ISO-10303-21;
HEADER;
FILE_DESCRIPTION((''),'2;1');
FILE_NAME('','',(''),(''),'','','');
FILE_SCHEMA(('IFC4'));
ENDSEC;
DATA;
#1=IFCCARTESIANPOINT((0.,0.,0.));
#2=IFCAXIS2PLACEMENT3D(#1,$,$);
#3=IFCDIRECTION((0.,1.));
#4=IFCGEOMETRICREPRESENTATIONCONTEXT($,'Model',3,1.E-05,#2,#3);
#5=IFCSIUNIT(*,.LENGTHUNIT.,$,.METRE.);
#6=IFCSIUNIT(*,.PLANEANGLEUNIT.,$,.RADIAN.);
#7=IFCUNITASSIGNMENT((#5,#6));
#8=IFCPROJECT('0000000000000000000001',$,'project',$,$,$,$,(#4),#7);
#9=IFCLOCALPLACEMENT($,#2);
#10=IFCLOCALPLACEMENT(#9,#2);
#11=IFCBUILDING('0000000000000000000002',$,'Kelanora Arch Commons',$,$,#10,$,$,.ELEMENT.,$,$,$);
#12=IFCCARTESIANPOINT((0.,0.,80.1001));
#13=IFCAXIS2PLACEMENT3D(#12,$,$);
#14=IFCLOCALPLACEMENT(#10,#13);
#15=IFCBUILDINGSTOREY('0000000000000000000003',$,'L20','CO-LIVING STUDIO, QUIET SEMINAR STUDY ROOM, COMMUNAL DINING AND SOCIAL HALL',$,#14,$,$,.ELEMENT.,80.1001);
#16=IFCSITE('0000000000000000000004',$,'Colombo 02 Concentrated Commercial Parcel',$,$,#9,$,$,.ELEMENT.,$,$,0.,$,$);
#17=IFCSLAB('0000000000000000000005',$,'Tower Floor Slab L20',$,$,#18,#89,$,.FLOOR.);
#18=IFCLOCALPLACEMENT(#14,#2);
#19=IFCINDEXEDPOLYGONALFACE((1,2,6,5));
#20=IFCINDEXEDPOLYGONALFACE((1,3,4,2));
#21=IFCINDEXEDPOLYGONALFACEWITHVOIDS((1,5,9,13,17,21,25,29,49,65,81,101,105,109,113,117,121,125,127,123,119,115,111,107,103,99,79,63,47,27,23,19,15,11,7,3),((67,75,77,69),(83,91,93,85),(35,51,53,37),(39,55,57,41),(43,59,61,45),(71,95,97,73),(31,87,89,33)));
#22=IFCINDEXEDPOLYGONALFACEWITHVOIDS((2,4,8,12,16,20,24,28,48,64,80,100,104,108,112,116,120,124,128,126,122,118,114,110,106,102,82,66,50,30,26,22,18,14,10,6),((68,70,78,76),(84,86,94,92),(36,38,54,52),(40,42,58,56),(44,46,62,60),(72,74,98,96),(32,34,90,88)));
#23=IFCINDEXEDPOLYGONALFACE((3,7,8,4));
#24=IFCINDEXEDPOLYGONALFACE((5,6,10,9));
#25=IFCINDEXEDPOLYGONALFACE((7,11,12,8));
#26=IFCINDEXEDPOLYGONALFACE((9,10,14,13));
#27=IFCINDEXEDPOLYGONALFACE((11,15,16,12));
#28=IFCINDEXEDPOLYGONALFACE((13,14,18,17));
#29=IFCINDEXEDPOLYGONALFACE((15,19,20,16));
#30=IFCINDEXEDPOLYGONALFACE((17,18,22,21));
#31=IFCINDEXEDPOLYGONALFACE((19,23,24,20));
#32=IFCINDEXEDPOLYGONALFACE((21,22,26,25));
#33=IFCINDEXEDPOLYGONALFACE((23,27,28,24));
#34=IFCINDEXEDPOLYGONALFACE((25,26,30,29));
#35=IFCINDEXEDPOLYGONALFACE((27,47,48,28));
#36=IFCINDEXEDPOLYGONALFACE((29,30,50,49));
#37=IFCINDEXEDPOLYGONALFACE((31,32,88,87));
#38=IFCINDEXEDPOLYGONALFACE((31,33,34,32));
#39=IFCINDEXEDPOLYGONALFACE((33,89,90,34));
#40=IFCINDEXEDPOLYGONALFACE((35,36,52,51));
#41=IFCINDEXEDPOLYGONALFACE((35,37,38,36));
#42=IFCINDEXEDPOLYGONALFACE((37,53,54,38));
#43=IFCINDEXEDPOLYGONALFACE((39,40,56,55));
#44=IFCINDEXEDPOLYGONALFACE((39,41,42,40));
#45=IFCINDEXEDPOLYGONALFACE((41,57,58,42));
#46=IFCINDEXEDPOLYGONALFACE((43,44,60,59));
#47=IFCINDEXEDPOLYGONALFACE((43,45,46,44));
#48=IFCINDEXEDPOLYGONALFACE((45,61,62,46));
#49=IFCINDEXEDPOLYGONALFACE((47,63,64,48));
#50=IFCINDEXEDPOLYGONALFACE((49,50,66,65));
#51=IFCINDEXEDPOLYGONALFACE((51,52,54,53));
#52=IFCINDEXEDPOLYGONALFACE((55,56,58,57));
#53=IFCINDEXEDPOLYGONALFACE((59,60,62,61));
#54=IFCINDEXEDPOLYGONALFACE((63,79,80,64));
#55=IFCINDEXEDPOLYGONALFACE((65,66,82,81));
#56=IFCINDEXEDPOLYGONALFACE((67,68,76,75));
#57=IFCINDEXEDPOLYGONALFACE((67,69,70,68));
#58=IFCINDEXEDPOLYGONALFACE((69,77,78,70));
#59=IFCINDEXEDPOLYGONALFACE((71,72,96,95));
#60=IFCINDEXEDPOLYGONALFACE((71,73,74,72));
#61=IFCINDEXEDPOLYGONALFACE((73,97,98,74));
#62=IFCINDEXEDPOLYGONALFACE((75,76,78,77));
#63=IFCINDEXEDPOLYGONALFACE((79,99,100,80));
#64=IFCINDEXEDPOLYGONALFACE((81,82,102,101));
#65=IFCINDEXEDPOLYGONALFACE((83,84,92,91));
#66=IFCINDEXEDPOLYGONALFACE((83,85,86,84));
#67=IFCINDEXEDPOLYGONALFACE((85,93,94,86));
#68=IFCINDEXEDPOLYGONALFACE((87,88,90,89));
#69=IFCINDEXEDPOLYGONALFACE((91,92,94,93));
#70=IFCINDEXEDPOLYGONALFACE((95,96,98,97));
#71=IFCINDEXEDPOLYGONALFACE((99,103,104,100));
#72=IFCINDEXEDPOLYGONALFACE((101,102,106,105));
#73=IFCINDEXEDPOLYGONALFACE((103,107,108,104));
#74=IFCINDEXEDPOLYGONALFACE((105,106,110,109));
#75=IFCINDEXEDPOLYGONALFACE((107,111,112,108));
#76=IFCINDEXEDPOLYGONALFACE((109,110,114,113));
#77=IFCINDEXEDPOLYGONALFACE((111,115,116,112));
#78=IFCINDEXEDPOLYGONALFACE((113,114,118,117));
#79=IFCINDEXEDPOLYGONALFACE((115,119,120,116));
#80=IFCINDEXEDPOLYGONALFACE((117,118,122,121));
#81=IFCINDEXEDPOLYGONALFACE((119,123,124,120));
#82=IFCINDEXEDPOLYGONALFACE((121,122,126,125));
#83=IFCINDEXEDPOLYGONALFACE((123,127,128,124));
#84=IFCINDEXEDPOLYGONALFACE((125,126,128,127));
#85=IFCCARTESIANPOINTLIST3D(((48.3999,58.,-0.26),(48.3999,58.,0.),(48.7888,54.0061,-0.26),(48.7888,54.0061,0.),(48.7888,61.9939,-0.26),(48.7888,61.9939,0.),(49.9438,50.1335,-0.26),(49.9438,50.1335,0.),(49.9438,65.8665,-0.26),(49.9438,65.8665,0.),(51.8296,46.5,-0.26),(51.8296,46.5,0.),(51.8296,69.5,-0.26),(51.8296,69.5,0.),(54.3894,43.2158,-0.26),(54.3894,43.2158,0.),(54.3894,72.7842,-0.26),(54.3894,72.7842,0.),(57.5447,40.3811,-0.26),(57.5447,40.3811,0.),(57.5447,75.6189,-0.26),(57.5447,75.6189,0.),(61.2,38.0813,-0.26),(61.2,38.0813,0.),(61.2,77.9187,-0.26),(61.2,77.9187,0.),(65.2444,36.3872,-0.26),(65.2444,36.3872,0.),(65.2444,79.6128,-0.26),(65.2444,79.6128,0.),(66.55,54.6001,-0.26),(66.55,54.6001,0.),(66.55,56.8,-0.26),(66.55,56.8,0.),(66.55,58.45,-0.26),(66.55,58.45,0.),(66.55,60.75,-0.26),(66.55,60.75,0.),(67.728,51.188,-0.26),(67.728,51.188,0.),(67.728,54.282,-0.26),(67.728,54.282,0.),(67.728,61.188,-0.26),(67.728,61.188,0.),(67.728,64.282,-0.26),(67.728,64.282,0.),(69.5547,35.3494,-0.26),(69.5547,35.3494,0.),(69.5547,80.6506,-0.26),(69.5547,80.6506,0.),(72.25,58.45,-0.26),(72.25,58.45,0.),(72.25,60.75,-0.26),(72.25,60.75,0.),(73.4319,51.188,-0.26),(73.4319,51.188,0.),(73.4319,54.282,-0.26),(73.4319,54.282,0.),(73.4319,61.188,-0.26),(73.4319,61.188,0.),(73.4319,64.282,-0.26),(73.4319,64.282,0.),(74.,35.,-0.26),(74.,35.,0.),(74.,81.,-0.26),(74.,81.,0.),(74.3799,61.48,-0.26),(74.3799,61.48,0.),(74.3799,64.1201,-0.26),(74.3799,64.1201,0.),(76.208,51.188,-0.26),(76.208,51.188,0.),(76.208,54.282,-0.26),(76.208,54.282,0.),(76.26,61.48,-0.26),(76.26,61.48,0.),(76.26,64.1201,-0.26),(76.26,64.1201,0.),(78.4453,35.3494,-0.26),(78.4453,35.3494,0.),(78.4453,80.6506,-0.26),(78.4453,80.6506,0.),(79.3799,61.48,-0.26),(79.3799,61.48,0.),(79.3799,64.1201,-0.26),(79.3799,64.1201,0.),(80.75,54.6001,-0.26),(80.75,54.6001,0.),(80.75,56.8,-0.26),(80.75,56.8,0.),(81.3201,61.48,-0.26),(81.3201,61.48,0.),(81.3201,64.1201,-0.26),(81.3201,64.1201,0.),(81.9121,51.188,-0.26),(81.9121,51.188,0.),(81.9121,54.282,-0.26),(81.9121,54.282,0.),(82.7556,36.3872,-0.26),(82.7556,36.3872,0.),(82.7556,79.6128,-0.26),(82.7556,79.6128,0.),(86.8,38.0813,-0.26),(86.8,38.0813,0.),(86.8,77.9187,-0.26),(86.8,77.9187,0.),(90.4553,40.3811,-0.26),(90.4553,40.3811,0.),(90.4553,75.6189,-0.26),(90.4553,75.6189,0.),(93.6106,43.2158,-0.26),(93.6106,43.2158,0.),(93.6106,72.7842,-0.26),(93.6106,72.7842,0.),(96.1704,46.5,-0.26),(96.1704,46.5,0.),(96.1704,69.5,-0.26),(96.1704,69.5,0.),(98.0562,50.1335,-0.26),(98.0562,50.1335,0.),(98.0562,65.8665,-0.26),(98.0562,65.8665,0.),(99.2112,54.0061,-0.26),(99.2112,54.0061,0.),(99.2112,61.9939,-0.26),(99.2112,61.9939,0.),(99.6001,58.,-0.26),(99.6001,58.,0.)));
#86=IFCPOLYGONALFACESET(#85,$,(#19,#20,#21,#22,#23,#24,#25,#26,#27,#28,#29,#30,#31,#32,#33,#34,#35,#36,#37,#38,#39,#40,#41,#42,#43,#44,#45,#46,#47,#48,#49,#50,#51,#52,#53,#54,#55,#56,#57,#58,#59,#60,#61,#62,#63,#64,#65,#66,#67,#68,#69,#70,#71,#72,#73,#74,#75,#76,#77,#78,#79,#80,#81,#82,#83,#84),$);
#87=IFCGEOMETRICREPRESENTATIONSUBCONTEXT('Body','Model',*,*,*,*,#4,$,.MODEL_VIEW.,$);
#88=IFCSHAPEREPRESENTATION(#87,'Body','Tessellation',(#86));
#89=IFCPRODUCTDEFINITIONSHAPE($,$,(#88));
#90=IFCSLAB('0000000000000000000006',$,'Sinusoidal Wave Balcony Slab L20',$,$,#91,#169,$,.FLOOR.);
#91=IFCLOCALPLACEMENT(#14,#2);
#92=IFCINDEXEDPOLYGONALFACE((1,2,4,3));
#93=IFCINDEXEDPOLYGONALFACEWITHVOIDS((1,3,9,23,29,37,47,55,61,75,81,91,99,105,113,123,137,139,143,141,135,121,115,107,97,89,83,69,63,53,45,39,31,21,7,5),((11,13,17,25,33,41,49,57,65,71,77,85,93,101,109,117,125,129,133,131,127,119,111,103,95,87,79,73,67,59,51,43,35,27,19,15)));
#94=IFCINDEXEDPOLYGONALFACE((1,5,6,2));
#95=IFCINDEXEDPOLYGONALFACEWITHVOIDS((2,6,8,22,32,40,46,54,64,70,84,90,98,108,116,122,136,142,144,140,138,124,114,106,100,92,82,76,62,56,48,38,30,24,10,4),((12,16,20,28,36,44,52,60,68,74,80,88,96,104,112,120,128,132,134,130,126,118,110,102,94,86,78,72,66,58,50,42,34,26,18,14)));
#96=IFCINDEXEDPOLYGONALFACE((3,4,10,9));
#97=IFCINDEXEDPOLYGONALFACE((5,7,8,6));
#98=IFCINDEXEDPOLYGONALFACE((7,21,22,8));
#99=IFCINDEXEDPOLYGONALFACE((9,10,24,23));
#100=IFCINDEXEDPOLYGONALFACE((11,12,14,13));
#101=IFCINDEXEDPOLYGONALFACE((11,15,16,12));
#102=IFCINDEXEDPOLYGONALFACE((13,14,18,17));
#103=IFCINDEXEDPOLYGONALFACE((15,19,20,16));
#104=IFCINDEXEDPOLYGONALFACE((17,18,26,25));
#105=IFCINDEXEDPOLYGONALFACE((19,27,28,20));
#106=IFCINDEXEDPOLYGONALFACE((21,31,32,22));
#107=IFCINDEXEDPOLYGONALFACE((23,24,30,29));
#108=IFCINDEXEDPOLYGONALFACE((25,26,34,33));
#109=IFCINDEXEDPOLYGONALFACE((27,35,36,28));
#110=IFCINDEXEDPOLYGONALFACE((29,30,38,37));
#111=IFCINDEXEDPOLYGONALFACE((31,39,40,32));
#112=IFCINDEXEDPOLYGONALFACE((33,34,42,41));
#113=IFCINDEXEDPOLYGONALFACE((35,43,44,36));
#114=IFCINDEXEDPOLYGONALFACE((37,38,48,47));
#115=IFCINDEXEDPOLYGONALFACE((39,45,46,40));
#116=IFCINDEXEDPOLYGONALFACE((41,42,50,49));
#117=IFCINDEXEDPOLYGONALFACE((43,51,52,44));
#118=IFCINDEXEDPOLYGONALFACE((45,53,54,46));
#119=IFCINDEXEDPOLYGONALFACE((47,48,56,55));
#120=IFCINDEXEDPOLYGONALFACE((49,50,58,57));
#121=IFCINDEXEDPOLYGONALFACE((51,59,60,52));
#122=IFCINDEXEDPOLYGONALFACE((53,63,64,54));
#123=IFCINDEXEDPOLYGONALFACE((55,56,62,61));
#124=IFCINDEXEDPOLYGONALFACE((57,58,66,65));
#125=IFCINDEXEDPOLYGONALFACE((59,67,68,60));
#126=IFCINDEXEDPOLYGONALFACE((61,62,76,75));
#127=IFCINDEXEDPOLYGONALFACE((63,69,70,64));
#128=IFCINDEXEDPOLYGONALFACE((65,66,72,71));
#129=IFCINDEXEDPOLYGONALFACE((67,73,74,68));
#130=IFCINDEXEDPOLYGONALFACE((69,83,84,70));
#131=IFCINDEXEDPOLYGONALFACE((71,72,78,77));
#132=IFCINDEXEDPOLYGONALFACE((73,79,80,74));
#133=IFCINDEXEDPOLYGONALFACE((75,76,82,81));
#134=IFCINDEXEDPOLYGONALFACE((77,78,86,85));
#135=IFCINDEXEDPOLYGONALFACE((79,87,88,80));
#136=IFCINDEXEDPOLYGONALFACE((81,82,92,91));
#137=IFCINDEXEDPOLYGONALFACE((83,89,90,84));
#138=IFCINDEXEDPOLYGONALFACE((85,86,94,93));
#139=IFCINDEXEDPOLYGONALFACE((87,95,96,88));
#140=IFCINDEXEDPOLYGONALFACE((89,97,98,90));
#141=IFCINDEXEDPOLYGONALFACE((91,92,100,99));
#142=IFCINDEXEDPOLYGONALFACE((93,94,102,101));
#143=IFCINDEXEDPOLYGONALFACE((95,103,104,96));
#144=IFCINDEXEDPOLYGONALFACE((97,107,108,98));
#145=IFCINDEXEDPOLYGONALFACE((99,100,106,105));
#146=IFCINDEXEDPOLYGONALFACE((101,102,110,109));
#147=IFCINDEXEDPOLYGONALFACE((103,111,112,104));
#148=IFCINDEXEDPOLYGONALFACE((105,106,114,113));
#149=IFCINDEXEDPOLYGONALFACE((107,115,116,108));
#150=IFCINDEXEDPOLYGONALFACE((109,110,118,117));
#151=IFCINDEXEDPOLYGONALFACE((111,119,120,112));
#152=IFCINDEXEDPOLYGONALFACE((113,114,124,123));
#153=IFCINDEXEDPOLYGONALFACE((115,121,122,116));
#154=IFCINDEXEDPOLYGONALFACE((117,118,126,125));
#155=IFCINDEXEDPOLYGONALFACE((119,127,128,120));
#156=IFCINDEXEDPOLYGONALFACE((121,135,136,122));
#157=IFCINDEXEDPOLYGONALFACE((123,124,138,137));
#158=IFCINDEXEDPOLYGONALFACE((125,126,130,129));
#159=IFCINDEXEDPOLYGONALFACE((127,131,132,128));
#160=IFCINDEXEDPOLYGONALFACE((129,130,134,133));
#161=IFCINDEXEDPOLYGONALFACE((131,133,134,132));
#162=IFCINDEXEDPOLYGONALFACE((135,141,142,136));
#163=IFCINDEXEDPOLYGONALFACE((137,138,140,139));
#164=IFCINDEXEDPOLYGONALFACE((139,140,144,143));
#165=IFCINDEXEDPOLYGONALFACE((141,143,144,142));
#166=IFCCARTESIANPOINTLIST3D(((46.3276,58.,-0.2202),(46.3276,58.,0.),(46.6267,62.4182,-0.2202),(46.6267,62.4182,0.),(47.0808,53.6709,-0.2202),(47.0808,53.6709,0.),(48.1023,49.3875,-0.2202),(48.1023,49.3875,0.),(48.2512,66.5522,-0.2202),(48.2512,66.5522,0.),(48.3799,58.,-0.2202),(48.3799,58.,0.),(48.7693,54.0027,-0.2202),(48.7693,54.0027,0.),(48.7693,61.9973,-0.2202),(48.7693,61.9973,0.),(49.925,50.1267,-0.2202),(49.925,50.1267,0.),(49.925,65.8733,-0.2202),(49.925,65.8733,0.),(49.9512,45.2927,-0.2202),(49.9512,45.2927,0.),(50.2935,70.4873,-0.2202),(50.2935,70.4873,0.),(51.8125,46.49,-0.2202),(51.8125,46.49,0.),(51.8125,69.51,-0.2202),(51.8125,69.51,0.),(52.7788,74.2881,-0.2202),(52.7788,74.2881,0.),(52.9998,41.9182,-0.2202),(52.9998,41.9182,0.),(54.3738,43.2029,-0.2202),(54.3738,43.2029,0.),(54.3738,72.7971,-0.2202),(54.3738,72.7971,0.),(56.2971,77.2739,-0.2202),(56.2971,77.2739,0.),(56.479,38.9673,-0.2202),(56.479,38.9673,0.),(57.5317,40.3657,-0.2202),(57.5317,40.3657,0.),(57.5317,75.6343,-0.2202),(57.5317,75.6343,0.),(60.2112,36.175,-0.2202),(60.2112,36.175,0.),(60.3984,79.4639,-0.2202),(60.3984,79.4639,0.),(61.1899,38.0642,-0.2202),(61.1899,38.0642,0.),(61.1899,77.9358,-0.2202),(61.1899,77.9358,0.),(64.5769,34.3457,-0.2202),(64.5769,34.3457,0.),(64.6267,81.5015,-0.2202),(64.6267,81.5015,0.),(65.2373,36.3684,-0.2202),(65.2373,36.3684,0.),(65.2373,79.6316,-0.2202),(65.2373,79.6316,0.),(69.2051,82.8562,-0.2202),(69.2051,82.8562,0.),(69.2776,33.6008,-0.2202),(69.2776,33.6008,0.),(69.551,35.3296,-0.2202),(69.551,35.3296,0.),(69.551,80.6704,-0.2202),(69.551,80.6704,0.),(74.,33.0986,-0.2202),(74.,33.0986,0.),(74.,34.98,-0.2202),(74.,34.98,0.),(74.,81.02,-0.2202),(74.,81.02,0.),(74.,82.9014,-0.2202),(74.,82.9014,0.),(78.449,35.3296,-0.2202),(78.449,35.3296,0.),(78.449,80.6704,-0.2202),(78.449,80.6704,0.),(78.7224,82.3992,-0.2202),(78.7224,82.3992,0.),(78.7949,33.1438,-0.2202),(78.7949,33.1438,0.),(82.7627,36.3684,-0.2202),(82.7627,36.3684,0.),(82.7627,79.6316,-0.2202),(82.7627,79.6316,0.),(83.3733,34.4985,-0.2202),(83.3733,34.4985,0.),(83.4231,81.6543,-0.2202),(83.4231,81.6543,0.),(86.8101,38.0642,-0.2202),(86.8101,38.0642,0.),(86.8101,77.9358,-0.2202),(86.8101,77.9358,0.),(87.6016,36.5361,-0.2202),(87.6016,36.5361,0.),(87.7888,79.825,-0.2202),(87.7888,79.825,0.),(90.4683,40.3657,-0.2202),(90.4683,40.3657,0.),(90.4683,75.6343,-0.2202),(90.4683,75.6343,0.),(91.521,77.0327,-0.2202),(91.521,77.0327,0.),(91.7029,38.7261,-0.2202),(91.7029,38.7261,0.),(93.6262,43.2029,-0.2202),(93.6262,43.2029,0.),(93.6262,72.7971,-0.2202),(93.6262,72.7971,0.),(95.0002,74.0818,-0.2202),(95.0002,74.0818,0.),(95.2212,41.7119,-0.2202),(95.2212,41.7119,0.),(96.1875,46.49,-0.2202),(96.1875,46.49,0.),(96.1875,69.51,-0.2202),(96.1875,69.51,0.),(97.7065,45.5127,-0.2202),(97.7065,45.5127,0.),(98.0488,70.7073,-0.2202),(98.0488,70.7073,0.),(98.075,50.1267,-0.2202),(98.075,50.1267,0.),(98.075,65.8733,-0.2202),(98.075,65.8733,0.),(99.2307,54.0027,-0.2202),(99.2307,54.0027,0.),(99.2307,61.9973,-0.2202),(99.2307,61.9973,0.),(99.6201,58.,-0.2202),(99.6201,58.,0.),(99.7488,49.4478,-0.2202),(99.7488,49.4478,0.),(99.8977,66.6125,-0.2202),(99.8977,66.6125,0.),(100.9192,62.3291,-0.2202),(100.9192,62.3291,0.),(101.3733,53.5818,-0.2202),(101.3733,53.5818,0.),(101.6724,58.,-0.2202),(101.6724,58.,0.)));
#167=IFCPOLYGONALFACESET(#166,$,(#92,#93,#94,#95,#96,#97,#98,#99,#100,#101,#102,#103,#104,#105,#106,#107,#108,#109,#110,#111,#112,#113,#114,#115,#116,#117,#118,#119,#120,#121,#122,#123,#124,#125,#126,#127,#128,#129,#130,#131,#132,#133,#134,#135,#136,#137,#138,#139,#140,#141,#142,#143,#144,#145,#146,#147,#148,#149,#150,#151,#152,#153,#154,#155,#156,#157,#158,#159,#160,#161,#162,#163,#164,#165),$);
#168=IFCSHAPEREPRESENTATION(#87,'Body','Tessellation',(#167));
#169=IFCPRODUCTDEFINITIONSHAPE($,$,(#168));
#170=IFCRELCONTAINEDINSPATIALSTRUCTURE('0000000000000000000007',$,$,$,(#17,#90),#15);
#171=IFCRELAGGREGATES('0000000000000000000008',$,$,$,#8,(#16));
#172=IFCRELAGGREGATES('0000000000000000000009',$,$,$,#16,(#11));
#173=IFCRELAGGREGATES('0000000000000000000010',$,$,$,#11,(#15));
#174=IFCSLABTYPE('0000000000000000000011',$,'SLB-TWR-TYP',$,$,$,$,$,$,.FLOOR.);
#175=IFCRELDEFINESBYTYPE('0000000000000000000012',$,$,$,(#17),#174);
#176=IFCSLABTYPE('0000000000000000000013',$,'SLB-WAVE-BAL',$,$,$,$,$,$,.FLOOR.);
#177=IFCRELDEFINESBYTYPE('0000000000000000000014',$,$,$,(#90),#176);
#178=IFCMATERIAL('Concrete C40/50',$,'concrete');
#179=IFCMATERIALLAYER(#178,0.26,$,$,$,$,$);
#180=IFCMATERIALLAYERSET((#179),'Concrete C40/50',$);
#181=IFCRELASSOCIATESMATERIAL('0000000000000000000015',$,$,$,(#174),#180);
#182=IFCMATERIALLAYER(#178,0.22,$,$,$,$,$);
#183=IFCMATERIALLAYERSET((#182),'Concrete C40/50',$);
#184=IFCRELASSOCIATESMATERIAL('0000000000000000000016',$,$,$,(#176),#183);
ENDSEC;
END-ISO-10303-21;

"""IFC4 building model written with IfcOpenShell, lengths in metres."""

from ifc_helpers import new_model, si_unit, direction, frame, origin, place, context, subcontext, project, spatial, polyline, outline, extrude, material, layer, layer_set, type_object, element, save


model = new_model("IFC4")

# Units and contexts
model_context = context("Model", 3, precision=1e-05, world=origin(), true_north=direction((0.0, 1.0)))
body_context = subcontext(model_context, "Body", "Model", "MODEL_VIEW")
ifc_project = project(units=[si_unit("LENGTHUNIT", "METRE"), si_unit("PLANEANGLEUNIT", "RADIAN")], contexts=[model_context])

# Site, building, storey
site_placement = place(None, origin())
site = spatial("IfcSite", under=ifc_project, at=site_placement, Name="Colombo 02 Concentrated Commercial Parcel", CompositionType="ELEMENT", RefElevation=0.0)
building_placement = place(site_placement, origin())
building = spatial("IfcBuilding", under=site, at=building_placement, Name="Kelanora Arch Commons", CompositionType="ELEMENT")
storey_placement = place(building_placement, frame((0.0, 0.0, 80.1001)))
storey = spatial("IfcBuildingStorey", under=building, at=storey_placement, Name="L20", Description="CO-LIVING STUDIO, QUIET SEMINAR STUDY ROOM, COMMUNAL DINING AND SOCIAL HALL", CompositionType="ELEMENT", Elevation=80.1001)

# Shared definitions
ifc_material_1 = material(Name="Concrete C40/50", Category="concrete")

# Slabs
ifc_layer_1 = layer(ifc_material_1, 0.26)
ifc_layer_set_1 = layer_set([ifc_layer_1], Name="Concrete C40/50")
slab_type_1 = type_object("IfcSlabType", Name="SLB-TWR-TYP", PredefinedType="FLOOR", material=ifc_layer_set_1)
slab_1_placement = place(storey_placement, frame((0.0, 0.0, -0.26)))
element("IfcSlab", 1, at=slab_1_placement, inside=storey, type_object=slab_type_1, Name="Tower Floor Slab L20", PredefinedType="FLOOR", context=body_context, shape_type="SweptSolid", body=[
    extrude(outline(polyline([(99.6001, 58.0), (99.2112, 61.9939), (98.0562, 65.8665), (96.1704, 69.5), (93.6106, 72.7842), (90.4553, 75.6189), (86.8, 77.9187), (82.7556, 79.6128), (78.4453, 80.6506), (74.0, 81.0), (69.5547, 80.6506), (65.2444, 79.6128), (61.2, 77.9187), (57.5447, 75.6189), (54.3894, 72.7842), (51.8296, 69.5), (49.9438, 65.8665), (48.7888, 61.9939), (48.3999, 58.0), (48.7888, 54.0061), (49.9438, 50.1335), (51.8296, 46.5), (54.3894, 43.2158), (57.5447, 40.3811), (61.2, 38.0813), (65.2444, 36.3872), (69.5547, 35.3494), (74.0, 35.0), (78.4453, 35.3494), (82.7556, 36.3872), (86.8, 38.0813), (90.4553, 40.3811), (93.6106, 43.2158), (96.1704, 46.5), (98.0562, 50.1335), (99.2112, 54.0061), (99.6001, 58.0)]), holes=[polyline([(73.4319, 51.188), (67.728, 51.188), (67.728, 54.282), (73.4319, 54.282), (73.4319, 51.188)]), polyline([(76.208, 51.188), (76.208, 54.282), (81.9121, 54.282), (81.9121, 51.188), (76.208, 51.188)]), polyline([(66.55, 54.6001), (66.55, 56.8), (80.75, 56.8), (80.75, 54.6001), (66.55, 54.6001)]), polyline([(66.55, 58.45), (66.55, 60.75), (72.25, 60.75), (72.25, 58.45), (66.55, 58.45)]), polyline([(67.728, 61.188), (67.728, 64.282), (73.4319, 64.282), (73.4319, 61.188), (67.728, 61.188)]), polyline([(74.3799, 61.48), (74.3799, 64.1201), (76.26, 64.1201), (76.26, 61.48), (74.3799, 61.48)]), polyline([(79.3799, 61.48), (79.3799, 64.1201), (81.3201, 64.1201), (81.3201, 61.48), (79.3799, 61.48)])]), origin(), (0.0, 0.0, 1.0), 0.26),
])
ifc_layer_2 = layer(ifc_material_1, 0.22)
ifc_layer_set_2 = layer_set([ifc_layer_2], Name="Concrete C40/50")
slab_type_2 = type_object("IfcSlabType", Name="SLB-WAVE-BAL", PredefinedType="FLOOR", material=ifc_layer_set_2)
slab_2_placement = place(storey_placement, frame((0.0, 0.0, -0.2202)))
element("IfcSlab", 2, at=slab_2_placement, inside=storey, type_object=slab_type_2, Name="Sinusoidal Wave Balcony Slab L20", PredefinedType="FLOOR", context=body_context, shape_type="SweptSolid", body=[
    extrude(outline(polyline([(101.6724, 58.0), (100.9192, 62.3291), (99.8977, 66.6125), (98.0488, 70.7073), (95.0002, 74.0818), (91.521, 77.0327), (87.7888, 79.825), (83.4231, 81.6543), (78.7224, 82.3992), (74.0, 82.9014), (69.2051, 82.8562), (64.6267, 81.5015), (60.3984, 79.4639), (56.2971, 77.2739), (52.7788, 74.2881), (50.2935, 70.4873), (48.2512, 66.5522), (46.6267, 62.4182), (46.3276, 58.0), (47.0808, 53.6709), (48.1023, 49.3875), (49.9512, 45.2927), (52.9998, 41.9182), (56.479, 38.9673), (60.2112, 36.175), (64.5769, 34.3457), (69.2776, 33.6008), (74.0, 33.0986), (78.7949, 33.1438), (83.3733, 34.4985), (87.6016, 36.5361), (91.7029, 38.7261), (95.2212, 41.7119), (97.7065, 45.5127), (99.7488, 49.4478), (101.3733, 53.5818), (101.6724, 58.0)]), holes=[polyline([(99.2307, 54.0027), (98.075, 50.1267), (96.1875, 46.49), (93.6262, 43.2029), (90.4683, 40.3657), (86.8101, 38.0642), (82.7627, 36.3684), (78.449, 35.3296), (74.0, 34.98), (69.551, 35.3296), (65.2373, 36.3684), (61.1899, 38.0642), (57.5317, 40.3657), (54.3738, 43.2029), (51.8125, 46.49), (49.925, 50.1267), (48.7693, 54.0027), (48.3799, 58.0), (48.7693, 61.9973), (49.925, 65.8733), (51.8125, 69.51), (54.3738, 72.7971), (57.5317, 75.6343), (61.1899, 77.9358), (65.2373, 79.6316), (69.551, 80.6704), (74.0, 81.02), (78.449, 80.6704), (82.7627, 79.6316), (86.8101, 77.9358), (90.4683, 75.6343), (93.6262, 72.7971), (96.1875, 69.51), (98.075, 65.8733), (99.2307, 61.9973), (99.6201, 58.0), (99.2307, 54.0027)])]), origin(), (0.0, 0.0, 1.0), 0.2202),
])

save(model, "model.ifc")
